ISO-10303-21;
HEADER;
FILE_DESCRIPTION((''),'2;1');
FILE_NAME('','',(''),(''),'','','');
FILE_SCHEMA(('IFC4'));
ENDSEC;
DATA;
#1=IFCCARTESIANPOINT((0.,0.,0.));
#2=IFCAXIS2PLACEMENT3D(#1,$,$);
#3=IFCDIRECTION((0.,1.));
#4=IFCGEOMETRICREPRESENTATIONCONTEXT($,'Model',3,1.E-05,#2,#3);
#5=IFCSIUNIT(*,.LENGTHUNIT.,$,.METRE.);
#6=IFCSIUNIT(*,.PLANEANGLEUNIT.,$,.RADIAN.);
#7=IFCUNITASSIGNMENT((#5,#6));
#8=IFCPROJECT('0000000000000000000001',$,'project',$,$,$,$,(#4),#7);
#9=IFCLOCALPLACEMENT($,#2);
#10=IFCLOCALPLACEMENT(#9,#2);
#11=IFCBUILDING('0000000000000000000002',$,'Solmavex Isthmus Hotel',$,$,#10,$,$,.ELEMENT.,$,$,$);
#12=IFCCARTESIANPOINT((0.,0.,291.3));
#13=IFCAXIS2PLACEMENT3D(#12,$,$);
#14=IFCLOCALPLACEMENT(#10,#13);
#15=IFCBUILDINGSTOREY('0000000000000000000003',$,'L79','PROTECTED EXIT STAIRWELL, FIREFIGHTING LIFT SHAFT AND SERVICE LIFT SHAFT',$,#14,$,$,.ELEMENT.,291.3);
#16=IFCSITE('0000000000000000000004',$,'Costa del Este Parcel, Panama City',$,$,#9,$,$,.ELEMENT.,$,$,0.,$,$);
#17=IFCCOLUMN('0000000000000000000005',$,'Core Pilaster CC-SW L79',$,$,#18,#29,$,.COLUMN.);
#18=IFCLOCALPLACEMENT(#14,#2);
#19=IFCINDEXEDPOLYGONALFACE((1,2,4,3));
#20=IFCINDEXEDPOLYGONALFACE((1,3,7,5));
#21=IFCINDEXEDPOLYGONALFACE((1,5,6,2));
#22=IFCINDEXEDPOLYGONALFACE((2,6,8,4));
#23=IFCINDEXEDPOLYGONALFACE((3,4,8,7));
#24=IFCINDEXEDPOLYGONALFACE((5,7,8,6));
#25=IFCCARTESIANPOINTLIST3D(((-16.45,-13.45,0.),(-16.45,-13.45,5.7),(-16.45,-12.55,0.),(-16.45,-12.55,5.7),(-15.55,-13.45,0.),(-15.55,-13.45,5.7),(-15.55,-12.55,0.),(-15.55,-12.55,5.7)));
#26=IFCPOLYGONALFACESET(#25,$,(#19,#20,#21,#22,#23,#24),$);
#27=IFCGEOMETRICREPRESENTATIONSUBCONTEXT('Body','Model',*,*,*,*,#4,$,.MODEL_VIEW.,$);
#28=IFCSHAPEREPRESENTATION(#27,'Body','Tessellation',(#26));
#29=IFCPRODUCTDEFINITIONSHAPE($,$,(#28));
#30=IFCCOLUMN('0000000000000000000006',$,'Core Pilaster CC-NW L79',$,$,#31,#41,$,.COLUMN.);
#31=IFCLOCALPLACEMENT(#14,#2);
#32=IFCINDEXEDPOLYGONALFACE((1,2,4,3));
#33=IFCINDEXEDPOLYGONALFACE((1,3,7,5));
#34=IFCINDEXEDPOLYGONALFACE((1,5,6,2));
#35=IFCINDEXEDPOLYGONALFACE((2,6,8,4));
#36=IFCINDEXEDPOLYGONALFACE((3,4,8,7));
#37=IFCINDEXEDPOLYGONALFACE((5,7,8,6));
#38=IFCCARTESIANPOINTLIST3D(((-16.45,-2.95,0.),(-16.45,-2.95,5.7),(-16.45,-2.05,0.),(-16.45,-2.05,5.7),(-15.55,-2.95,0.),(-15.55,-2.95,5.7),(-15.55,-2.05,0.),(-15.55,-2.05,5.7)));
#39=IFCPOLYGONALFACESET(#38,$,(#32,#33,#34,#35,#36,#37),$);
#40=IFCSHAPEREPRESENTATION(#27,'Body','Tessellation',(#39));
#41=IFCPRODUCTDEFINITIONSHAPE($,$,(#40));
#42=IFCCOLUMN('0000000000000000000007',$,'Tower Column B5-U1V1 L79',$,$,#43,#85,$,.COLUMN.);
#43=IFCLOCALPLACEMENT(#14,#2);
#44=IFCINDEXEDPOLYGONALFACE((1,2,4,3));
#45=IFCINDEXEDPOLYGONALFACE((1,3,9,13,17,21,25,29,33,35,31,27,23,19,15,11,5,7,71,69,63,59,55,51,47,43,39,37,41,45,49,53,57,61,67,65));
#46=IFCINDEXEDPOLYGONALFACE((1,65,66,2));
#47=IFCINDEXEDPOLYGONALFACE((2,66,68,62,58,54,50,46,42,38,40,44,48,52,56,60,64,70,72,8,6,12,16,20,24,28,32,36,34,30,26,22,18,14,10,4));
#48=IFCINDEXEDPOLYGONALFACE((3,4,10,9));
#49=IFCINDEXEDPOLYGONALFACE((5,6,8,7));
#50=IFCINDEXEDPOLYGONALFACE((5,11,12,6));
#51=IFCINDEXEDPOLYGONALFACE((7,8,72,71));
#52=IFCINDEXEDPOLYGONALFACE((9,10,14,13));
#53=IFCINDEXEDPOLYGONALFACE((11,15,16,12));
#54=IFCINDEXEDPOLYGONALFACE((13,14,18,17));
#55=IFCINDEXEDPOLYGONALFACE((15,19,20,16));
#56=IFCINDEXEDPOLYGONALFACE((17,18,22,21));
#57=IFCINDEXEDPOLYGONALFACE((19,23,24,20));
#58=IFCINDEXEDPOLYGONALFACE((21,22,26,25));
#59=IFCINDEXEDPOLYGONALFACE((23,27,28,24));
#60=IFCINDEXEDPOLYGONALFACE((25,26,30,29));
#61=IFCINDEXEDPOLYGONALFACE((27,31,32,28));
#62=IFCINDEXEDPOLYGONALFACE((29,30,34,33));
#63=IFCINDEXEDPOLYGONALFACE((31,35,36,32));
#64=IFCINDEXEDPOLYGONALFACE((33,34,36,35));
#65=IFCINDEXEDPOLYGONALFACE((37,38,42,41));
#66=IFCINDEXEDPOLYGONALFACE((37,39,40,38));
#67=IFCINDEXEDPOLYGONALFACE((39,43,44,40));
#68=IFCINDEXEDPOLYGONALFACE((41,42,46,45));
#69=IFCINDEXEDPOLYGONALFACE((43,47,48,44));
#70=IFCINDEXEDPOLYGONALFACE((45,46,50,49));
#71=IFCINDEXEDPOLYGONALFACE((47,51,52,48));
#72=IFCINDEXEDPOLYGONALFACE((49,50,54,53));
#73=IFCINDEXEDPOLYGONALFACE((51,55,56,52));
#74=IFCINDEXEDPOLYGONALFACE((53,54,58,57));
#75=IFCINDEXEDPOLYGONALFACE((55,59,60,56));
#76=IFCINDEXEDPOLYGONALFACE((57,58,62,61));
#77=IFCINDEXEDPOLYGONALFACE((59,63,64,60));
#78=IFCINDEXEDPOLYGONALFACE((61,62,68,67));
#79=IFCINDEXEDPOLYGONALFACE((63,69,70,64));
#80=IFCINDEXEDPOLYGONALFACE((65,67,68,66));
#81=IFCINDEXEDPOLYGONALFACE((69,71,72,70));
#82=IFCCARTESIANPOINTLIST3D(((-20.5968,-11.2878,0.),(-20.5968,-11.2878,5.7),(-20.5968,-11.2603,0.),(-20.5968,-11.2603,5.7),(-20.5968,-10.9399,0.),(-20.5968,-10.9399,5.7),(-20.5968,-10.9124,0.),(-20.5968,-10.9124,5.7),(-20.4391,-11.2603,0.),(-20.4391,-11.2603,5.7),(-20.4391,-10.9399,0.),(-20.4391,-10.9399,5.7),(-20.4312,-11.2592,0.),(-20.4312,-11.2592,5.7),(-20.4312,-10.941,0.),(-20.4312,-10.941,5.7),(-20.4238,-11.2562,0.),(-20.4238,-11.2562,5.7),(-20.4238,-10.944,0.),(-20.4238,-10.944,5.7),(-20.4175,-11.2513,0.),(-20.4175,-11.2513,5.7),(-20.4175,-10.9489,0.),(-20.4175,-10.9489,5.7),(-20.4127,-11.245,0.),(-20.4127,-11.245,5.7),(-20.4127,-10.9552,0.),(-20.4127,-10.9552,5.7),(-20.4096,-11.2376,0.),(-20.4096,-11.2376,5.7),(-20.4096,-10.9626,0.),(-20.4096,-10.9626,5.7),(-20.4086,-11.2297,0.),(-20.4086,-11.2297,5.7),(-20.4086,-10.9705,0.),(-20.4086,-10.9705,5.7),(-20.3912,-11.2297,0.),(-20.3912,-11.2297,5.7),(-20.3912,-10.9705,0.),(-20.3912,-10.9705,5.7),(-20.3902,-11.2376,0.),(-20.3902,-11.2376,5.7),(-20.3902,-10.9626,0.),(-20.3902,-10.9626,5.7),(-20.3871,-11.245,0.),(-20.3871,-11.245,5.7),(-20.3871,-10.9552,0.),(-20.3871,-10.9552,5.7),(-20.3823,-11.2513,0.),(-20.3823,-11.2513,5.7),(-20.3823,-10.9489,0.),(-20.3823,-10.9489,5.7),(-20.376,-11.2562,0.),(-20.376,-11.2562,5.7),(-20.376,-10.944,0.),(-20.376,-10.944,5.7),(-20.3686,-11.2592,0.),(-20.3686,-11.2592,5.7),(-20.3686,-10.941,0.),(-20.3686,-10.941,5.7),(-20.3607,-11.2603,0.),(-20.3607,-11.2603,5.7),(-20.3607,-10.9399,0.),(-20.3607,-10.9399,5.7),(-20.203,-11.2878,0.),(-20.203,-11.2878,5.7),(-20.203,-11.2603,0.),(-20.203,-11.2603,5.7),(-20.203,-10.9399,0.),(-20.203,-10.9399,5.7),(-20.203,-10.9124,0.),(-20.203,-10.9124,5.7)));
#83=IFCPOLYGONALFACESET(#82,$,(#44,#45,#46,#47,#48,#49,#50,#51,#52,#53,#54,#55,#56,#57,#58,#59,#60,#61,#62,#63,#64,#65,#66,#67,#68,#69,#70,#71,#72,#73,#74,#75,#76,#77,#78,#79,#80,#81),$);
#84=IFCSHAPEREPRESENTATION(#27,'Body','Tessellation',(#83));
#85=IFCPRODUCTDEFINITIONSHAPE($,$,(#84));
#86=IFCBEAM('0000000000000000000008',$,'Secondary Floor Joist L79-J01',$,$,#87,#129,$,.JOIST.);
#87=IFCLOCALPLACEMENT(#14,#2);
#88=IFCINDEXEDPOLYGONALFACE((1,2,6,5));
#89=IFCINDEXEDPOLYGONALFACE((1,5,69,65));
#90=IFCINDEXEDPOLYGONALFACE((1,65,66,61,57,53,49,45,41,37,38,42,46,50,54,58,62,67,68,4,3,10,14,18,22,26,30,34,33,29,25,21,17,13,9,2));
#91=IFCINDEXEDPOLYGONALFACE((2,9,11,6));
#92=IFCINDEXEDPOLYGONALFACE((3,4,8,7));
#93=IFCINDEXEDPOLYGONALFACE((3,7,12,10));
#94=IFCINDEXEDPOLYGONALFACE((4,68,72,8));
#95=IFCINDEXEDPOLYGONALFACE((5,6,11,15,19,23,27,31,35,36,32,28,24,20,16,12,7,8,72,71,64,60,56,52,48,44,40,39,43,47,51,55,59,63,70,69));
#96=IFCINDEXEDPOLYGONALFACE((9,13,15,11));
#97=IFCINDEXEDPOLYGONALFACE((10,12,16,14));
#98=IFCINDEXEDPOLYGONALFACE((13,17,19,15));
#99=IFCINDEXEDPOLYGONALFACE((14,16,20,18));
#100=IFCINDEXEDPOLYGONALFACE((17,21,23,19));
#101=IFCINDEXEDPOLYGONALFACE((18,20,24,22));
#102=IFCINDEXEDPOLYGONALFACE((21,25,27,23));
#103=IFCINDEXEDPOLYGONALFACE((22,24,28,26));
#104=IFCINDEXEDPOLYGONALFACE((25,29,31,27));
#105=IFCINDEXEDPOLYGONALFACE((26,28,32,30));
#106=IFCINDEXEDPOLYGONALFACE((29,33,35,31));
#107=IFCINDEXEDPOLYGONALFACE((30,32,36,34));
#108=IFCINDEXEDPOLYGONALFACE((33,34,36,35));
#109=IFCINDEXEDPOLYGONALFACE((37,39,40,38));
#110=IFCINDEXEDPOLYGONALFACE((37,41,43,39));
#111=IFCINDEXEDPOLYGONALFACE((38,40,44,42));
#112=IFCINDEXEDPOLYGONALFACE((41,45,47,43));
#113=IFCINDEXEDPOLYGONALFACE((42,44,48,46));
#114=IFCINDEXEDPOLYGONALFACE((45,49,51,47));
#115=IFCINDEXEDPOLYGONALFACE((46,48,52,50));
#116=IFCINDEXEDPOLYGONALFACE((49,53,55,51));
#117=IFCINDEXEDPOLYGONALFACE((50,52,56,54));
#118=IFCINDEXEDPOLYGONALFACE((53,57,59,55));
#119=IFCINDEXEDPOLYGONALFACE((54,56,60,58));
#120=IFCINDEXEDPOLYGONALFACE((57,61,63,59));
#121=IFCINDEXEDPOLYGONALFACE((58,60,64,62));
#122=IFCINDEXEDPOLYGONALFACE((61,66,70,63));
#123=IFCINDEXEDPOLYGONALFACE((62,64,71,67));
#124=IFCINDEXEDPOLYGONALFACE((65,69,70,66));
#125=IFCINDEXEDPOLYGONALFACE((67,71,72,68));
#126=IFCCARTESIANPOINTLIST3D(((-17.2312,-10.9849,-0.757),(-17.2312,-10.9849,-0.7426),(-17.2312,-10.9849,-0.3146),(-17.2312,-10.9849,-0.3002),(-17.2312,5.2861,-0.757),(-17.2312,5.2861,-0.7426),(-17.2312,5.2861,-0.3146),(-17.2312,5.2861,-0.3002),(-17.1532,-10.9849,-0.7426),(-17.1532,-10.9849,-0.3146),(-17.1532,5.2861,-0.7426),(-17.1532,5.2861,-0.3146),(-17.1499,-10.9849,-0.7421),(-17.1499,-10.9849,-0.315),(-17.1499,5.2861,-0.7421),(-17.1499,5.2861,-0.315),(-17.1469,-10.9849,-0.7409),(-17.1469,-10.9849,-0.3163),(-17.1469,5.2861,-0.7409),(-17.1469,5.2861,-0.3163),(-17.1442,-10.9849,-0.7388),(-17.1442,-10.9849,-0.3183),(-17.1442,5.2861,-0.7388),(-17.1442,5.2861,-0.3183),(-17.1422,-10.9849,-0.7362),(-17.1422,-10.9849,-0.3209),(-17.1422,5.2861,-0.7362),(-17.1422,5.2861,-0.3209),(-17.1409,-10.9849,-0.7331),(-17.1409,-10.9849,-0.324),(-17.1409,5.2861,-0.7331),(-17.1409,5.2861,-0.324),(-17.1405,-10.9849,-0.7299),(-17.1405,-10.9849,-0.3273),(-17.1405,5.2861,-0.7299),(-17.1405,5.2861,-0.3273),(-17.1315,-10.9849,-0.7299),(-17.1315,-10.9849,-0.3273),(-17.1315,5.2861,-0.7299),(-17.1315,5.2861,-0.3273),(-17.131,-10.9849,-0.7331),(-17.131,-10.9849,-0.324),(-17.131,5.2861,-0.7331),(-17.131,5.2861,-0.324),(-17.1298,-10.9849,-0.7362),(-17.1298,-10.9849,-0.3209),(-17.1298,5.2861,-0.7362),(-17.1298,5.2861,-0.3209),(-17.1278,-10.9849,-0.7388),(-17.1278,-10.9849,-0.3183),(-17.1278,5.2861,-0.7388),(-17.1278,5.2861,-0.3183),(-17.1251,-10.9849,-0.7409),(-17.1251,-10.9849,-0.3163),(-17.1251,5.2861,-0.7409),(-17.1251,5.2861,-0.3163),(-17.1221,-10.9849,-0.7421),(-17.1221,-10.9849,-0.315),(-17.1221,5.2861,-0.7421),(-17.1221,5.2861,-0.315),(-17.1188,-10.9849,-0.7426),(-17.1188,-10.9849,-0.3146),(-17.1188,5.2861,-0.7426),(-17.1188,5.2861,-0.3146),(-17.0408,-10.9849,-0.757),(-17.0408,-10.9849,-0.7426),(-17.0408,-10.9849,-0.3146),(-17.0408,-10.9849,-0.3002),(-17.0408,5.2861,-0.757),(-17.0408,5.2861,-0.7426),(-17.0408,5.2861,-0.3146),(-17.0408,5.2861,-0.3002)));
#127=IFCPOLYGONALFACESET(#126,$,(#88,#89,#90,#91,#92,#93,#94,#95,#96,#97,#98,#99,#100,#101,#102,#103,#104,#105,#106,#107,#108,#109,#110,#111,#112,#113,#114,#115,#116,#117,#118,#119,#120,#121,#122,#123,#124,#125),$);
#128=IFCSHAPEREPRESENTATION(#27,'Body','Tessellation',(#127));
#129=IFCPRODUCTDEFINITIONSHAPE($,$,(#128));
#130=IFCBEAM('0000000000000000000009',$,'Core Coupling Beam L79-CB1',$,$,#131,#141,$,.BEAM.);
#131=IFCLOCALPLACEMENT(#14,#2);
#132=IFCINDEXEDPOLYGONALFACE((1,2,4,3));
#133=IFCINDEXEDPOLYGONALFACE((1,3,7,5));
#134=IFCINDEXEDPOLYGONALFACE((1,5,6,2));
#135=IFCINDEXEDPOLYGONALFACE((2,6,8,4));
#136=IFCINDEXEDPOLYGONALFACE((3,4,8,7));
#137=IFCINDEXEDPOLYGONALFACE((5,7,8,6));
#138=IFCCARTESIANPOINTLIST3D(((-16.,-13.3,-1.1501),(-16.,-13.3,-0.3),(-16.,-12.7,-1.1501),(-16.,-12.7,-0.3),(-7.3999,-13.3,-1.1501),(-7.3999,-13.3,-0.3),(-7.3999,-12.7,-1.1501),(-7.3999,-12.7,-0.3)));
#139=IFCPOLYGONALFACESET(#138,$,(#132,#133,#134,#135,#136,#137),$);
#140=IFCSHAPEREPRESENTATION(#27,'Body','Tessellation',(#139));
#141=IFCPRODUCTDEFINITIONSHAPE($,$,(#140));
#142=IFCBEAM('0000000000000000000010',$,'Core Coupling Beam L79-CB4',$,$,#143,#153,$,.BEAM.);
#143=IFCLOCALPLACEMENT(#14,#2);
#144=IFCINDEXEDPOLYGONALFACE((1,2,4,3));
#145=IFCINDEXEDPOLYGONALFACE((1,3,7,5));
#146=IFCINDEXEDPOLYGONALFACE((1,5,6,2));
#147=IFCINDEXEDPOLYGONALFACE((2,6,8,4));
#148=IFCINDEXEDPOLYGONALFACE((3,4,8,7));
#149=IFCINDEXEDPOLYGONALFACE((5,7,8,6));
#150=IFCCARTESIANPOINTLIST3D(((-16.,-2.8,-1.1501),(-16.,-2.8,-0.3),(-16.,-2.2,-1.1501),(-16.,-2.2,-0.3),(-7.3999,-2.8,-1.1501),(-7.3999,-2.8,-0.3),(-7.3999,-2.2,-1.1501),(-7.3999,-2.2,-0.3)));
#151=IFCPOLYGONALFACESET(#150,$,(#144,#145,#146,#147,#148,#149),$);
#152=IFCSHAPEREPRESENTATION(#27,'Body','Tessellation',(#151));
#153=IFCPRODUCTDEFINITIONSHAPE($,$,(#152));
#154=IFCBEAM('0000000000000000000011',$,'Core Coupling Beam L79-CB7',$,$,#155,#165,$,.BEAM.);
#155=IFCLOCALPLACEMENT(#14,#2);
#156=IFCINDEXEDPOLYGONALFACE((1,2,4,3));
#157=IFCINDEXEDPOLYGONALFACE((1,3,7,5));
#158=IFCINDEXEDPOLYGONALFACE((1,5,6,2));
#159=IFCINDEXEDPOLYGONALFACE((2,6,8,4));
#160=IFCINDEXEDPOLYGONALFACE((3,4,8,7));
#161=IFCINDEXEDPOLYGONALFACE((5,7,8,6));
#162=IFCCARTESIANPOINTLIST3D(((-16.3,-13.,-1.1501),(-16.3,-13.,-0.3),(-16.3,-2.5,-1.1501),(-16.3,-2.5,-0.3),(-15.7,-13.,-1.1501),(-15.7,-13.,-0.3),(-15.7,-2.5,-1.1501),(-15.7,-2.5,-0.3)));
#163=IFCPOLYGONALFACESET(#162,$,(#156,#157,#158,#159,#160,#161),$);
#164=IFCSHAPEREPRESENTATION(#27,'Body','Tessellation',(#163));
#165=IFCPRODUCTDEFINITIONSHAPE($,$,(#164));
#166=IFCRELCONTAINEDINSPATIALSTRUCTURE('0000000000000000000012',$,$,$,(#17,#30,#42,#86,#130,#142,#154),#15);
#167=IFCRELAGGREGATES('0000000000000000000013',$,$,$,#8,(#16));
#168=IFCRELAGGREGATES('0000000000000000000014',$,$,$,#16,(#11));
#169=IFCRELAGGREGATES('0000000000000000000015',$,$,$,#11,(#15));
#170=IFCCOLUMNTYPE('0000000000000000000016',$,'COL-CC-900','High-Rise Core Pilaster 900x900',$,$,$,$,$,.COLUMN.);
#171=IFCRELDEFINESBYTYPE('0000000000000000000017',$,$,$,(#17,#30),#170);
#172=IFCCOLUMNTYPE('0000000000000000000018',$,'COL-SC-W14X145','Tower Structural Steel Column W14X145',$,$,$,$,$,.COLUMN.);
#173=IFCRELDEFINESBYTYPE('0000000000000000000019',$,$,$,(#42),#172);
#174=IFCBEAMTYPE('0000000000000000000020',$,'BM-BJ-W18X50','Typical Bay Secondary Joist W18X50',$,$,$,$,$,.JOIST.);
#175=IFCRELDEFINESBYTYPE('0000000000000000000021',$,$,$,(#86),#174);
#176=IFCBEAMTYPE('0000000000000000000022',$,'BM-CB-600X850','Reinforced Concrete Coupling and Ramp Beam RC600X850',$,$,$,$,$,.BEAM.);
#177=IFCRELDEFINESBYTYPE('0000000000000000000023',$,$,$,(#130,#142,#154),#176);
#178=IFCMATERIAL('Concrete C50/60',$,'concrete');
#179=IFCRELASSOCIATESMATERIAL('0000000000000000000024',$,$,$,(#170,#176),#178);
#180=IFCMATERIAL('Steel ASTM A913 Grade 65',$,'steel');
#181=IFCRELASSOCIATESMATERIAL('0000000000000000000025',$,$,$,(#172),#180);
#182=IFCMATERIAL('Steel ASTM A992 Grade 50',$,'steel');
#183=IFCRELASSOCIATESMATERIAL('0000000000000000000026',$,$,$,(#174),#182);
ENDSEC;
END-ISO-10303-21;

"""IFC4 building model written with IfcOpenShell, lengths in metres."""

from ifc_helpers import new_model, si_unit, direction, frame, origin, origin_2d, place, context, subcontext, project, spatial, rectangle, i_section, extrude, material, material_profile, profile_set, type_object, element, save


model = new_model("IFC4")

# Units and contexts
model_context = context("Model", 3, precision=1e-05, world=origin(), true_north=direction((0.0, 1.0)))
body_context = subcontext(model_context, "Body", "Model", "MODEL_VIEW")
ifc_project = project(units=[si_unit("LENGTHUNIT", "METRE"), si_unit("PLANEANGLEUNIT", "RADIAN")], contexts=[model_context])

# Site, building, storey
site_placement = place(None, origin())
site = spatial("IfcSite", under=ifc_project, at=site_placement, Name="Costa del Este Parcel, Panama City", CompositionType="ELEMENT", RefElevation=0.0)
building_placement = place(site_placement, origin())
building = spatial("IfcBuilding", under=site, at=building_placement, Name="Solmavex Isthmus Hotel", CompositionType="ELEMENT")
storey_placement = place(building_placement, frame((0.0, 0.0, 291.3)))
storey = spatial("IfcBuildingStorey", under=building, at=storey_placement, Name="L79", Description="PROTECTED EXIT STAIRWELL, FIREFIGHTING LIFT SHAFT AND SERVICE LIFT SHAFT", CompositionType="ELEMENT", Elevation=291.3)

# Columns
ifc_material_1 = material(Name="Concrete C50/60", Category="concrete")
ifc_material_profile_1 = material_profile(ifc_material_1, rectangle(XDim=0.8999, YDim=0.8999, at=origin_2d()), Name="RC900X900")
ifc_profile_set_1 = profile_set([ifc_material_profile_1], Name="Concrete C50/60")
column_type_1 = type_object("IfcColumnType", Name="COL-CC-900", Description="High-Rise Core Pilaster 900x900", PredefinedType="COLUMN", material=ifc_profile_set_1)
for number, where, z_axis, x_axis, name in (
    (1, (-16.0, -13.0, 0.0), (0.0, 0.0, 1.0), (1.0, 0.0, 0.0), "Core Pilaster CC-SW L79"),
    (2, (-16.0, -2.5, 0.0), (0.0, 0.0, 1.0), (1.0, 0.0, 0.0), "Core Pilaster CC-NW L79"),
):
    element("IfcColumn", number, at=place(storey_placement, frame(where, z_axis=z_axis, x_axis=x_axis)), inside=storey, type_object=column_type_1, Name=name, PredefinedType="COLUMN", context=body_context, shape_type="SweptSolid", body=[
        extrude(rectangle(XDim=0.8999, YDim=0.8999, at=origin_2d()), origin(), (0.0, 0.0, 1.0), 5.7),
    ])
ifc_material_2 = material(Name="Steel ASTM A913 Grade 65", Category="steel")
ifc_material_profile_2 = material_profile(ifc_material_2, i_section(OverallWidth=0.3938, OverallDepth=0.3755, WebThickness=0.0173, FlangeThickness=0.0276, FilletRadius=0.0305, at=origin_2d()), Name="W14X145")
ifc_profile_set_2 = profile_set([ifc_material_profile_2], Name="Steel ASTM A913 Grade 65")
column_type_2 = type_object("IfcColumnType", Name="COL-SC-W14X145", Description="Tower Structural Steel Column W14X145", PredefinedType="COLUMN", material=ifc_profile_set_2)
column_placement = place(storey_placement, frame((-20.3999, -11.1001, 0.0), z_axis=(0.0, 0.0, 1.0), x_axis=(1.0, 0.0, 0.0)))
element("IfcColumn", 3, at=column_placement, inside=storey, type_object=column_type_2, Name="Tower Column B5-U1V1 L79", PredefinedType="COLUMN", context=body_context, shape_type="SweptSolid", body=[
    extrude(i_section(OverallWidth=0.3938, OverallDepth=0.3755, WebThickness=0.0173, FlangeThickness=0.0276, FilletRadius=0.0305, at=origin_2d()), origin(), (0.0, 0.0, 1.0), 5.7),
])

# Beams
ifc_material_3 = material(Name="Steel ASTM A992 Grade 50", Category="steel")
ifc_material_profile_3 = material_profile(ifc_material_3, i_section(OverallWidth=0.1904, OverallDepth=0.4568, WebThickness=0.009, FlangeThickness=0.0144, FilletRadius=0.0127, at=origin_2d()), Name="W18X50")
ifc_profile_set_3 = profile_set([ifc_material_profile_3], Name="Steel ASTM A992 Grade 50")
beam_type_1 = type_object("IfcBeamType", Name="BM-BJ-W18X50", Description="Typical Bay Secondary Joist W18X50", PredefinedType="JOIST", material=ifc_profile_set_3)
beam_1_placement = place(storey_placement, frame((-17.136, -10.9849, -0.5286), z_axis=(0.0, 1.0, 0.0), x_axis=(-1.0, 0.0, 0.0)))
element("IfcBeam", 4, at=beam_1_placement, inside=storey, type_object=beam_type_1, Name="Secondary Floor Joist L79-J01", PredefinedType="JOIST", context=body_context, shape_type="SweptSolid", body=[
    extrude(i_section(OverallWidth=0.1904, OverallDepth=0.4568, WebThickness=0.009, FlangeThickness=0.0144, FilletRadius=0.0127, at=origin_2d()), origin(), (0.0, 0.0, 1.0), 16.271),
])
ifc_material_profile_4 = material_profile(ifc_material_1, rectangle(XDim=0.6001, YDim=0.8501, at=origin_2d()), Name="RC600X850")
ifc_profile_set_4 = profile_set([ifc_material_profile_4], Name="Concrete C50/60")
beam_type_2 = type_object("IfcBeamType", Name="BM-CB-600X850", Description="Reinforced Concrete Coupling and Ramp Beam RC600X850", PredefinedType="BEAM", material=ifc_profile_set_4)
for number, where, z_axis, x_axis, name in (
    (5, (-16.0, -13.0, -0.7251), (1.0, 0.0, 0.0), (0.0, 1.0, 0.0), "Core Coupling Beam L79-CB1"),
    (6, (-16.0, -2.5, -0.7251), (1.0, 0.0, 0.0), (0.0, 1.0, 0.0), "Core Coupling Beam L79-CB4"),
):
    element("IfcBeam", number, at=place(storey_placement, frame(where, z_axis=z_axis, x_axis=x_axis)), inside=storey, type_object=beam_type_2, Name=name, PredefinedType="BEAM", context=body_context, shape_type="SweptSolid", body=[
        extrude(rectangle(XDim=0.6001, YDim=0.8501, at=origin_2d()), origin(), (0.0, 0.0, 1.0), 8.6001),
    ])
beam_2_placement = place(storey_placement, frame((-16.0, -13.0, -0.7251), z_axis=(0.0, 1.0, 0.0), x_axis=(-1.0, 0.0, 0.0)))
element("IfcBeam", 7, at=beam_2_placement, inside=storey, type_object=beam_type_2, Name="Core Coupling Beam L79-CB7", PredefinedType="BEAM", context=body_context, shape_type="SweptSolid", body=[
    extrude(rectangle(XDim=0.6001, YDim=0.8501, at=origin_2d()), origin(), (0.0, 0.0, 1.0), 10.5),
])

save(model, "model.ifc")
